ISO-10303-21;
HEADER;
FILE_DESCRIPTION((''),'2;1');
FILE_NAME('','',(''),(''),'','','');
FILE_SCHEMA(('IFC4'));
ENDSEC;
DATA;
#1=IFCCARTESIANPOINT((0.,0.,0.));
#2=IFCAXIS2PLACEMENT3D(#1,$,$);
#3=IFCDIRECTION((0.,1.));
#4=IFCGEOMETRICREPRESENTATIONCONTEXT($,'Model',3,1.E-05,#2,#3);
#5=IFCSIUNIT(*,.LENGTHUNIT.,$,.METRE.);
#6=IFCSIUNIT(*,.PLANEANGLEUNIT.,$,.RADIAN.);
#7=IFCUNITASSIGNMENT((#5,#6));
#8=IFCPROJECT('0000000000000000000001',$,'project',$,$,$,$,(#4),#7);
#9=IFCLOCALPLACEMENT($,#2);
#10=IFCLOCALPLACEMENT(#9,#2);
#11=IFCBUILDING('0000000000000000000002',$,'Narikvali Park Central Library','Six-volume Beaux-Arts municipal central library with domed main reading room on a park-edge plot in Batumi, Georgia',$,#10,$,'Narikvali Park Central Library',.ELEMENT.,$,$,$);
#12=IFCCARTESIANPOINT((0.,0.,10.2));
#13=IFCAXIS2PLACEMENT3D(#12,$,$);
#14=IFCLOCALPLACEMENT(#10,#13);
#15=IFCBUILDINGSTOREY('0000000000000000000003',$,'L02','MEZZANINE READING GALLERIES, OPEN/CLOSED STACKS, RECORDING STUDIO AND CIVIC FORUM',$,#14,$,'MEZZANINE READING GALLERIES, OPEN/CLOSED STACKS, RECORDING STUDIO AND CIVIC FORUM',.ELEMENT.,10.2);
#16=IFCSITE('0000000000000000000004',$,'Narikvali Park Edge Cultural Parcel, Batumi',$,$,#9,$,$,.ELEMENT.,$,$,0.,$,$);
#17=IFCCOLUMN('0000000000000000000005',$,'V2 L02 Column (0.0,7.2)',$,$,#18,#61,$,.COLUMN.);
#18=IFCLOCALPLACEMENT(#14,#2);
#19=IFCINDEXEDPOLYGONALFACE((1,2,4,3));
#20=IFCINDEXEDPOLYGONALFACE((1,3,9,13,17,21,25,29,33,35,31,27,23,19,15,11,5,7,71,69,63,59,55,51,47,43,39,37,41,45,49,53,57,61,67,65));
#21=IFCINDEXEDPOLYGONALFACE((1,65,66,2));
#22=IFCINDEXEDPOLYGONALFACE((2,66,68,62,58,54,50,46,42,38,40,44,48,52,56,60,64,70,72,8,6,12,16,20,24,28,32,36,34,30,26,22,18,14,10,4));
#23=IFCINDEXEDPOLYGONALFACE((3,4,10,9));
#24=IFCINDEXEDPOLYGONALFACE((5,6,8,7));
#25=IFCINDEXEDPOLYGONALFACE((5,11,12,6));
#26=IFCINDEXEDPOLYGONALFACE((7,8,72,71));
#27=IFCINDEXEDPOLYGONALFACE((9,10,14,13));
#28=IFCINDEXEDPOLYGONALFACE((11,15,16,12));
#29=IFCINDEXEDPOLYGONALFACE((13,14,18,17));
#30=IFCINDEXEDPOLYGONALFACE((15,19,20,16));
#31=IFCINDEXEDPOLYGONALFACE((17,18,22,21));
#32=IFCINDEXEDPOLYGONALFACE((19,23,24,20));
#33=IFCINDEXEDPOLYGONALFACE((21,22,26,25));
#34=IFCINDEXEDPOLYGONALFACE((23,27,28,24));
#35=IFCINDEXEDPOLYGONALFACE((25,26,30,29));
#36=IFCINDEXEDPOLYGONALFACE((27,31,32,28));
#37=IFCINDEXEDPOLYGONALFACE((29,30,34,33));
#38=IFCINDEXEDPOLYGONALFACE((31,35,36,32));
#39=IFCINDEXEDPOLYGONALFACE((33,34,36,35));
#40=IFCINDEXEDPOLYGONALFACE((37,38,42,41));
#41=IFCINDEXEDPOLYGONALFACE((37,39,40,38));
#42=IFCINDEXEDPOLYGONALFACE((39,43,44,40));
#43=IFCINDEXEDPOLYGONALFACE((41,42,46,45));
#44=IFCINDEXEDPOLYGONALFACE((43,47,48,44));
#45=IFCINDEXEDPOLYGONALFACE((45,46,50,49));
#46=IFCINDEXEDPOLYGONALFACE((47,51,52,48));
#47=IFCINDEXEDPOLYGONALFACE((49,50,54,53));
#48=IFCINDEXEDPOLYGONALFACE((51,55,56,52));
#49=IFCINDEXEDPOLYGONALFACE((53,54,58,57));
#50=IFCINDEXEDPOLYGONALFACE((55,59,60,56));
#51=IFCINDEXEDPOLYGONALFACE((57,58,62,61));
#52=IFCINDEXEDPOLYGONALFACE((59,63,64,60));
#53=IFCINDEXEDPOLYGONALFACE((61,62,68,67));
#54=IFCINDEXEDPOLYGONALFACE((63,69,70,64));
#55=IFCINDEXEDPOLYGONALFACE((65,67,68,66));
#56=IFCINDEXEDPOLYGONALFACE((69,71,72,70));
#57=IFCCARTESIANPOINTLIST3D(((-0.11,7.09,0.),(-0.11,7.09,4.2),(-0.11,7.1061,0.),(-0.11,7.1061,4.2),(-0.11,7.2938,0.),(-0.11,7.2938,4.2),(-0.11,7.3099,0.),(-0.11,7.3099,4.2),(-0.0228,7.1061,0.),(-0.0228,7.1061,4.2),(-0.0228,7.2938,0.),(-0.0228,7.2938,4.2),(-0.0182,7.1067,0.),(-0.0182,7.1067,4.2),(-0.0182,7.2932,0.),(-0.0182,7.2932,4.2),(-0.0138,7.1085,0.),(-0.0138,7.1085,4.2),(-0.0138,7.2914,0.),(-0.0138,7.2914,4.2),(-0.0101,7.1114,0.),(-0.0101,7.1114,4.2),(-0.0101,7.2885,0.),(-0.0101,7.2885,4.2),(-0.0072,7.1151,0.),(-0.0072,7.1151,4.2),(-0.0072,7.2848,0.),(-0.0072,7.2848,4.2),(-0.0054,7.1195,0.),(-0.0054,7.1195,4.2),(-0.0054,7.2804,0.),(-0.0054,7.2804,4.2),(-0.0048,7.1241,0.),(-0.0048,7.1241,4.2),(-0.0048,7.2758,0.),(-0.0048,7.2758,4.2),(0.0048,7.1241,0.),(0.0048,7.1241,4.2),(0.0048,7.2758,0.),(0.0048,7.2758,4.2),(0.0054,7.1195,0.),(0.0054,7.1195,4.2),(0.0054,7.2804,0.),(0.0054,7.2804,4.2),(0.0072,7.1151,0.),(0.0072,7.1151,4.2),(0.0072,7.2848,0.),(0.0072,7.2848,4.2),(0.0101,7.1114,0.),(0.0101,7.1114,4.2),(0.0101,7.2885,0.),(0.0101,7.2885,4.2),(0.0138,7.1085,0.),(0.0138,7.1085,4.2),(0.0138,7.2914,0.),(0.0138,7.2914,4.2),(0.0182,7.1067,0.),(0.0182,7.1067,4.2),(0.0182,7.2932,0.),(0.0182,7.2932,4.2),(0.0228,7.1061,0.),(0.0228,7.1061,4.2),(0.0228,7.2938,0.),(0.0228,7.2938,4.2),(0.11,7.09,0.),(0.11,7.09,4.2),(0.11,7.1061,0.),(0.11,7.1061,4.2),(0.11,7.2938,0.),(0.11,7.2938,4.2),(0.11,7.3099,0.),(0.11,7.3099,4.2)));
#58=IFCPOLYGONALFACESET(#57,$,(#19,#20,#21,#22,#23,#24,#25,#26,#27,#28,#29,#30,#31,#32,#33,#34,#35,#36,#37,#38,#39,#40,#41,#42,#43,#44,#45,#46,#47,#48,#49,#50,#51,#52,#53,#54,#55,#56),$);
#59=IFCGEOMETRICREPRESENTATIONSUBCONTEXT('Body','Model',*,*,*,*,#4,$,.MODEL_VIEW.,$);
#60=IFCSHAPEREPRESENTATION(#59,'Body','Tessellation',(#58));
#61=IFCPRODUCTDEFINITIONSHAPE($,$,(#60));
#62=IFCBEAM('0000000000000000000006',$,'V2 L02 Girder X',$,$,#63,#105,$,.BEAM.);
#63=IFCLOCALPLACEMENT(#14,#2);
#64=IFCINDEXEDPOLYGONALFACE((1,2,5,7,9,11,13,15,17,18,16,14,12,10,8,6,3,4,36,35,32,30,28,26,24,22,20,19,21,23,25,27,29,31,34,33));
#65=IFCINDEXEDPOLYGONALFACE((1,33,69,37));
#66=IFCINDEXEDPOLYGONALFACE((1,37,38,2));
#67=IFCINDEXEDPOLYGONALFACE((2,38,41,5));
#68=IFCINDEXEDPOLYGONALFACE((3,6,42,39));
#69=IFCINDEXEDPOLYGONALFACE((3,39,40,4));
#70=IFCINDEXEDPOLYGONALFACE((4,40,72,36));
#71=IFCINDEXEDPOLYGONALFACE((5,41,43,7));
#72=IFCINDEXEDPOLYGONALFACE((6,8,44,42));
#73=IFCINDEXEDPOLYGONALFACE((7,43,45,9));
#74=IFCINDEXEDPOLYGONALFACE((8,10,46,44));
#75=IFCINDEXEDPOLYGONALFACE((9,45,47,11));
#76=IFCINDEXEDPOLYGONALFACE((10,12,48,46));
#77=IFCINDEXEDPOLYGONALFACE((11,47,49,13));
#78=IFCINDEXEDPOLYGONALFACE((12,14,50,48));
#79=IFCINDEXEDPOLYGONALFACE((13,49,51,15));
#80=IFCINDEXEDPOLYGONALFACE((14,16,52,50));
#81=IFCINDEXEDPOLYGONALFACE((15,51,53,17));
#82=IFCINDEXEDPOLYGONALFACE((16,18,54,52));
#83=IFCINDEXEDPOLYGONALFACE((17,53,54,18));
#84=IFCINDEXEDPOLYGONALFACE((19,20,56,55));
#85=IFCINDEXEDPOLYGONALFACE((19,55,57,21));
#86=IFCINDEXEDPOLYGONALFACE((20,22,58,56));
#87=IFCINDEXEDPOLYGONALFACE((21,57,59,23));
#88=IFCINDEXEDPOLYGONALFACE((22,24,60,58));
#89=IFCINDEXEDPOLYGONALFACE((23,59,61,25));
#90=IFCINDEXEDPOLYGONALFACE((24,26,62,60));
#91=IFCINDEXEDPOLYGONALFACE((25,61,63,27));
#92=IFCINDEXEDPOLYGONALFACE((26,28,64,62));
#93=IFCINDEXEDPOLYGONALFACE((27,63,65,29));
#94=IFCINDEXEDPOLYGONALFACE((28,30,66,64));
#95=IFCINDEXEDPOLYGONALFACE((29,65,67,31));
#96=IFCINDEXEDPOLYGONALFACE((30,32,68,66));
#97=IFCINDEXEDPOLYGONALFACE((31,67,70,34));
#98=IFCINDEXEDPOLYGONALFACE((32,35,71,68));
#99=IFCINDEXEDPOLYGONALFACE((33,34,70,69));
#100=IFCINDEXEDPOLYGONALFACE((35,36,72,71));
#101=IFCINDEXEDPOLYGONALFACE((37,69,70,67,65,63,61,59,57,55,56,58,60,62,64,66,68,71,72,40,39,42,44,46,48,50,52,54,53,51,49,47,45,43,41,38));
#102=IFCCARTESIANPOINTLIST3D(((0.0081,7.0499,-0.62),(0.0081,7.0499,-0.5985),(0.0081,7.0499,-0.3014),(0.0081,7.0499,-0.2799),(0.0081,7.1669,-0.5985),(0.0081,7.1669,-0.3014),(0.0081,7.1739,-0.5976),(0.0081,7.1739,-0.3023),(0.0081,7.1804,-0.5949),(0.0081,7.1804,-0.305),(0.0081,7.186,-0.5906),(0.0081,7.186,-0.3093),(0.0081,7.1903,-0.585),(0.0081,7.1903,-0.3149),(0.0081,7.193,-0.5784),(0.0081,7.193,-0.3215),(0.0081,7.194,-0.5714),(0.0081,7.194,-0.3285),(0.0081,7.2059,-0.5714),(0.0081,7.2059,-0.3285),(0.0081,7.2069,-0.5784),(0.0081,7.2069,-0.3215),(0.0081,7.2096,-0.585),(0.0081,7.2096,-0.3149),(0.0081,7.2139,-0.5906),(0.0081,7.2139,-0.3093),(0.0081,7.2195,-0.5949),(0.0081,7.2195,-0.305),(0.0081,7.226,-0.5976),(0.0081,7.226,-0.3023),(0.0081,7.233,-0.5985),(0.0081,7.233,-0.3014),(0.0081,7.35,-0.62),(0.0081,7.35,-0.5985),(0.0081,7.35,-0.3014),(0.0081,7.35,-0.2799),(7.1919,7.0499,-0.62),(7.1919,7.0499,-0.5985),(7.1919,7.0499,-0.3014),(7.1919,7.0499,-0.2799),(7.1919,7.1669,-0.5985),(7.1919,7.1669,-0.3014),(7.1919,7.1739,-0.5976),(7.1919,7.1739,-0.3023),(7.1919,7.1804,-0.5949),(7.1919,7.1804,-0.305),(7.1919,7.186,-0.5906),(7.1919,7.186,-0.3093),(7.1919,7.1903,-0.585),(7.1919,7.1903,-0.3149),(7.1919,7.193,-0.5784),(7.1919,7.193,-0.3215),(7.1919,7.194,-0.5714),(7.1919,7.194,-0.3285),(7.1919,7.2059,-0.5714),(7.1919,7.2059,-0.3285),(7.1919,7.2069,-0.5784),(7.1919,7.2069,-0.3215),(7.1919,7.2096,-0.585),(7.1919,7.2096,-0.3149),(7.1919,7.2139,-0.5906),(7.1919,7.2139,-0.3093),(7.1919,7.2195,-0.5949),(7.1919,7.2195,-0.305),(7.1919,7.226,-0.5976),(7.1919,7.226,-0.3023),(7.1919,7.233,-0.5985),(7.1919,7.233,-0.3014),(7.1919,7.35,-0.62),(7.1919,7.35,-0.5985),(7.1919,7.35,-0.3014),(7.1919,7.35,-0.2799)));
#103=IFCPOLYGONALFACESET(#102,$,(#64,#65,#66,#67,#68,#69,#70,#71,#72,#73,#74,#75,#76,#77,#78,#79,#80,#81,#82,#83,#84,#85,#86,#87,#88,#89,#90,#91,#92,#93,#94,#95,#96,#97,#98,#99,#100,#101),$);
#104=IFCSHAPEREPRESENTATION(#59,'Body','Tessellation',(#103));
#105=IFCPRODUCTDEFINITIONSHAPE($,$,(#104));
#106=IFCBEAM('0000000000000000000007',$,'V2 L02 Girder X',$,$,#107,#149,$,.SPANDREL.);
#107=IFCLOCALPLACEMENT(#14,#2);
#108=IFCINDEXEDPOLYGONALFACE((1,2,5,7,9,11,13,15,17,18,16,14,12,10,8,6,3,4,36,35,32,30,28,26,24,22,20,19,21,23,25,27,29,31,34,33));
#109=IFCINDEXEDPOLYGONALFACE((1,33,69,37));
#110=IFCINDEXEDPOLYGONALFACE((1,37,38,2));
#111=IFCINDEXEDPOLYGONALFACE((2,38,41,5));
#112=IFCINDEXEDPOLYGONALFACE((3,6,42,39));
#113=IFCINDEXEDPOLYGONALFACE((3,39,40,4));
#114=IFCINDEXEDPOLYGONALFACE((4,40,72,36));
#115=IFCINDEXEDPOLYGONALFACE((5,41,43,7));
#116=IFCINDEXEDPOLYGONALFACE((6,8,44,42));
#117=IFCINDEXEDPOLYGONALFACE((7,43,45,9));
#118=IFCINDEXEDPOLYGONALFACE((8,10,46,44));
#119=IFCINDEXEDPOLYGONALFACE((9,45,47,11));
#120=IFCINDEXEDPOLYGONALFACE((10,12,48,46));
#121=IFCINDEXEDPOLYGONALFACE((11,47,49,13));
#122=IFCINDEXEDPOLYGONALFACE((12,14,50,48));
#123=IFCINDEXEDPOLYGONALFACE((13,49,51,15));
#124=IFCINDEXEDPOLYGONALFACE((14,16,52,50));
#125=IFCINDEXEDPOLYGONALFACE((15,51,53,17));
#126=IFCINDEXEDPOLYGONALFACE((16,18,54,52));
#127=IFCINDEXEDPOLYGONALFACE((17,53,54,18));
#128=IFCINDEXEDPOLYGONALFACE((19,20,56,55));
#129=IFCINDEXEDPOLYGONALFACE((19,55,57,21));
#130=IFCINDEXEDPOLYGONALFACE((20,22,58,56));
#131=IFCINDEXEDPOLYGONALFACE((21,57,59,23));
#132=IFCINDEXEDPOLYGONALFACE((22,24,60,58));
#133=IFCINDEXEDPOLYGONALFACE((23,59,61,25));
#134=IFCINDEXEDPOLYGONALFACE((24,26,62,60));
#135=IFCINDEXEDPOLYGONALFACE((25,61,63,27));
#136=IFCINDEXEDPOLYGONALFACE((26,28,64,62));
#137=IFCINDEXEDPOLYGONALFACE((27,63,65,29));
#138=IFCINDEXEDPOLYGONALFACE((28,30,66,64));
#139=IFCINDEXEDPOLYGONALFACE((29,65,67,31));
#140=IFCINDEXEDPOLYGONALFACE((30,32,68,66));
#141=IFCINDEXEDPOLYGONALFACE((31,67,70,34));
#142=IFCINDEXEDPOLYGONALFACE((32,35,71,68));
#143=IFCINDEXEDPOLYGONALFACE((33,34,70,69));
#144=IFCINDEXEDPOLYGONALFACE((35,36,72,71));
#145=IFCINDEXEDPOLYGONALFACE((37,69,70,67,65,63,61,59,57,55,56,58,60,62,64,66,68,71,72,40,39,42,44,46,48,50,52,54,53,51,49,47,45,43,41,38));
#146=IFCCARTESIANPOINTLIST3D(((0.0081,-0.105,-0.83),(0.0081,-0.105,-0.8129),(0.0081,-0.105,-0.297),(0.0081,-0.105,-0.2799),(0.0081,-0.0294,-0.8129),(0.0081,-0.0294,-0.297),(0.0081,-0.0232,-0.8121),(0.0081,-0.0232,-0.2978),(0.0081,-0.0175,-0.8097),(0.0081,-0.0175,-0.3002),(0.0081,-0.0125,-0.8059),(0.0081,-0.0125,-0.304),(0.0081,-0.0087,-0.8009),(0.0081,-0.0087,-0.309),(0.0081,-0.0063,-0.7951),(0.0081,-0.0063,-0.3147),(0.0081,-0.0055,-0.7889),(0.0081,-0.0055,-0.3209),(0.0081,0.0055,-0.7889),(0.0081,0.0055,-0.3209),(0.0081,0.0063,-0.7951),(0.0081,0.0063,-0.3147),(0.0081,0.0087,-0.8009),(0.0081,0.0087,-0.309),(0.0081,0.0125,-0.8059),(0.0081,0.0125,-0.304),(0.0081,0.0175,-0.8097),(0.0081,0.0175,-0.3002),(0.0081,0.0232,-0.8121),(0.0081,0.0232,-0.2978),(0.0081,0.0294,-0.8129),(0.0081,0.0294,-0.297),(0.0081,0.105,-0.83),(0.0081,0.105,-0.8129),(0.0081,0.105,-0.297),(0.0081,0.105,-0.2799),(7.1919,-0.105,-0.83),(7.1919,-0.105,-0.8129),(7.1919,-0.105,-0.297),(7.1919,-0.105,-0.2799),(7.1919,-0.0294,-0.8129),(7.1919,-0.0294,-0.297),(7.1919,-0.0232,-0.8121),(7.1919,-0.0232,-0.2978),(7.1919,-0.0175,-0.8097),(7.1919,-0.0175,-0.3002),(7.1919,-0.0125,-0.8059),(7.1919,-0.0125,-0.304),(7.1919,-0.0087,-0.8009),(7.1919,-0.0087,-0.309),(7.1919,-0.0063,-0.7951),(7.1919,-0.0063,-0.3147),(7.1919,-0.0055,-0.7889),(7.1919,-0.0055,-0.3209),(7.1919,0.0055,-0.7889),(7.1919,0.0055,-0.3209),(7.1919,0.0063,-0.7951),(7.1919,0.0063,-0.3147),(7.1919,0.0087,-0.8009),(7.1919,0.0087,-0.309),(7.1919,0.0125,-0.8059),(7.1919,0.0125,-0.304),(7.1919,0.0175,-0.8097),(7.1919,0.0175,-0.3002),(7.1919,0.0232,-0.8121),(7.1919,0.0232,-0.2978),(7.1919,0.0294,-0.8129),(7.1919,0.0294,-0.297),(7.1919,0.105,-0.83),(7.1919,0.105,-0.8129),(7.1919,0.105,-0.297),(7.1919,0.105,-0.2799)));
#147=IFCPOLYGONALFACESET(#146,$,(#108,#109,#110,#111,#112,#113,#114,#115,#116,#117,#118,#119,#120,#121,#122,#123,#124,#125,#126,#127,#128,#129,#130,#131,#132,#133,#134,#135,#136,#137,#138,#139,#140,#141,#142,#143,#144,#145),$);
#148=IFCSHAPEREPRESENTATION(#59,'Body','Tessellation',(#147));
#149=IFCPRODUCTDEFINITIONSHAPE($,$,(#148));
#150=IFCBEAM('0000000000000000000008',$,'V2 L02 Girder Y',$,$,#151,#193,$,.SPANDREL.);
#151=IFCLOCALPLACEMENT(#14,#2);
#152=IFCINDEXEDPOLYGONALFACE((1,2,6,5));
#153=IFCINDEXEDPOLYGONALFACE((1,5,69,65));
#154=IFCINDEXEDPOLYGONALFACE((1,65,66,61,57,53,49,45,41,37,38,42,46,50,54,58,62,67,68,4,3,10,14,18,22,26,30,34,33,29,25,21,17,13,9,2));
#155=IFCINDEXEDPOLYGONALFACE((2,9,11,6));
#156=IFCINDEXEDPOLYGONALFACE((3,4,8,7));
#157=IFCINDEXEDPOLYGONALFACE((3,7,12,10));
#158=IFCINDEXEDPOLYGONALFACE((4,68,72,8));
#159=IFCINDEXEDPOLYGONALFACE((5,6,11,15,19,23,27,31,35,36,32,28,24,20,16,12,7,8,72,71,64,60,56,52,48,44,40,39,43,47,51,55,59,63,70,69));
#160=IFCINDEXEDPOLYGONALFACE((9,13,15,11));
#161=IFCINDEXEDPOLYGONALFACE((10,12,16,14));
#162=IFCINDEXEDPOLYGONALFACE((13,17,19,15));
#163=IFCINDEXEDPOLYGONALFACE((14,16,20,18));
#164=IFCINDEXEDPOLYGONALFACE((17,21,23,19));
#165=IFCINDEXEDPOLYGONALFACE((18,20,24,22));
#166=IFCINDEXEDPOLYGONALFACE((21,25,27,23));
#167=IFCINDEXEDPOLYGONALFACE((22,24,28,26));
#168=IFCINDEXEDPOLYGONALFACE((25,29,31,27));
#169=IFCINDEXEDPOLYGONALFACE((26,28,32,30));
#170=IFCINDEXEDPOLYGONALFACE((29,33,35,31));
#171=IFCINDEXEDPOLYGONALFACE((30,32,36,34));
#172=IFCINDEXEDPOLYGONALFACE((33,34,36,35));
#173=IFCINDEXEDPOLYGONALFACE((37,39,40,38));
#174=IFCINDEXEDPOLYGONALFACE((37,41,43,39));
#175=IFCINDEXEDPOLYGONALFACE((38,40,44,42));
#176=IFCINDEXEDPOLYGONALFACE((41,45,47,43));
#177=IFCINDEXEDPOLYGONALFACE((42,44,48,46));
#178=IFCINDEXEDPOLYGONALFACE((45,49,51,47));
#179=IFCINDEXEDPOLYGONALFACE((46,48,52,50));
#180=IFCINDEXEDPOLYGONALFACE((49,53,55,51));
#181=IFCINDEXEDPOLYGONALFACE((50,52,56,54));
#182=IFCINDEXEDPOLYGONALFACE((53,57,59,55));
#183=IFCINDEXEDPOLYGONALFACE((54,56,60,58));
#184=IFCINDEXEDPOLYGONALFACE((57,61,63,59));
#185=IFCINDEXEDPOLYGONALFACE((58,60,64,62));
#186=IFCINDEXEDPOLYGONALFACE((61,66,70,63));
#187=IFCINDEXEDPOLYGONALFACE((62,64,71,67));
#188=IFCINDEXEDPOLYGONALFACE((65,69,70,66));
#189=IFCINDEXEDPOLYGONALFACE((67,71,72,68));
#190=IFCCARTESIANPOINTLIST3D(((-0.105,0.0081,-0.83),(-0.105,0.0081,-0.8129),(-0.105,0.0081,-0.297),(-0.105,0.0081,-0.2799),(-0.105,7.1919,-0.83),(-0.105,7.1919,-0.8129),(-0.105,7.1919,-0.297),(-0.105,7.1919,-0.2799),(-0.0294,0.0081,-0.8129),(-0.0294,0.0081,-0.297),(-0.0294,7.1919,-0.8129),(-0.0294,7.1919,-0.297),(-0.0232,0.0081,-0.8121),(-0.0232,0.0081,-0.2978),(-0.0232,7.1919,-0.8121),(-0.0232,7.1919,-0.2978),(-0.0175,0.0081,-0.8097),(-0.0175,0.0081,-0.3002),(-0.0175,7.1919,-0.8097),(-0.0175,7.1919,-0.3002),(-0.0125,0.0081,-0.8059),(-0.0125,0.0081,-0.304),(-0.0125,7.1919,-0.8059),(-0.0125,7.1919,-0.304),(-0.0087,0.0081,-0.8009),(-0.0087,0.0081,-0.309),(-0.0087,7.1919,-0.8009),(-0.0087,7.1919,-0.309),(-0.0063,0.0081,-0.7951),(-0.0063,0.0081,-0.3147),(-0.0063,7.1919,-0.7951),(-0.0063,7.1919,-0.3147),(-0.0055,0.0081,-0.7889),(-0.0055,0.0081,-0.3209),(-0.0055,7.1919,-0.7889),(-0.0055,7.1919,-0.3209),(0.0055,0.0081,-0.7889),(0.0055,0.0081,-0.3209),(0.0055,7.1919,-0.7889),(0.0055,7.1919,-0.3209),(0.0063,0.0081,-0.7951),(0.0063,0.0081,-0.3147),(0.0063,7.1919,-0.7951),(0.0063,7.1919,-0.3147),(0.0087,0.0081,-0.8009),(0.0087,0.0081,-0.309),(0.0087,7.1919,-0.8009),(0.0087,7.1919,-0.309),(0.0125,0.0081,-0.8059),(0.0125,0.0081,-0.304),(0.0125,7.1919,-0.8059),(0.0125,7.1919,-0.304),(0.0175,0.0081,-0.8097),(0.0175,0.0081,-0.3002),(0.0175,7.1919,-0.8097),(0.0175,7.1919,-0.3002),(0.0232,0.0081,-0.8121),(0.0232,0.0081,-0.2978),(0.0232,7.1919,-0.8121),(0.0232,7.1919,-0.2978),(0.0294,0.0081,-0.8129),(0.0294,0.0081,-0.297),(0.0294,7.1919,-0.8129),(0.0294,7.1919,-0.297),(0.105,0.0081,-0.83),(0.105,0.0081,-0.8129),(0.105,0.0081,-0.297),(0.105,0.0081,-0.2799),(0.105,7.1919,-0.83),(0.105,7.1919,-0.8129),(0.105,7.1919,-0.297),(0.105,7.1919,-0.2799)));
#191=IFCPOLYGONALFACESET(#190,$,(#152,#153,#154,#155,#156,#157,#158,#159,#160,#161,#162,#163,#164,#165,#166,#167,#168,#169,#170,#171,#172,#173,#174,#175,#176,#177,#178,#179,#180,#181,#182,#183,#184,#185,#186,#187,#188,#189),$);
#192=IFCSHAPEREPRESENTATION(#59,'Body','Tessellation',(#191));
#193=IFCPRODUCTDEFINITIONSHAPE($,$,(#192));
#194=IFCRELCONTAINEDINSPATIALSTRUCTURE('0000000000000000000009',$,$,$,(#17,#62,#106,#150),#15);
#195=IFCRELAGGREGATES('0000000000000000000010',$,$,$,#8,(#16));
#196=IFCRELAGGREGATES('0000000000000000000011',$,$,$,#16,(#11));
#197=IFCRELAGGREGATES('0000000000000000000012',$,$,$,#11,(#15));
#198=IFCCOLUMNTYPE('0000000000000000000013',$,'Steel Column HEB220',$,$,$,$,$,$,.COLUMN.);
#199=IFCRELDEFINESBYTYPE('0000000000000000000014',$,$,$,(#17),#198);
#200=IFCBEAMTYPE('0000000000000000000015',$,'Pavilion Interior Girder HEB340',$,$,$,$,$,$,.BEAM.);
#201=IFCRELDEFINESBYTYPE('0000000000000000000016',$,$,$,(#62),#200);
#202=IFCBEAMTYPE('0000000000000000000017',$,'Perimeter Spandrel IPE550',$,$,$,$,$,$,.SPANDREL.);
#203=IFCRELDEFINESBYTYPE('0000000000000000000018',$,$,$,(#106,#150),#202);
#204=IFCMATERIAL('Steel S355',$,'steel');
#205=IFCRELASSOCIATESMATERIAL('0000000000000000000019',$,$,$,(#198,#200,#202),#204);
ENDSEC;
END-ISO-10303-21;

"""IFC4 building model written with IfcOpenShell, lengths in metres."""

from ifc_helpers import new_model, si_unit, direction, frame, origin, origin_2d, place, context, subcontext, project, spatial, i_section, extrude, material, material_profile, profile_set, type_object, element, save


model = new_model("IFC4")

# Units and contexts
model_context = context("Model", 3, precision=1e-05, world=origin(), true_north=direction((0.0, 1.0)))
body_context = subcontext(model_context, "Body", "Model", "MODEL_VIEW")
ifc_project = project(units=[si_unit("LENGTHUNIT", "METRE"), si_unit("PLANEANGLEUNIT", "RADIAN")], contexts=[model_context])

# Site, building, storey
site_placement = place(None, origin())
site = spatial("IfcSite", under=ifc_project, at=site_placement, Name="Narikvali Park Edge Cultural Parcel, Batumi", CompositionType="ELEMENT", RefElevation=0.0)
building_placement = place(site_placement, origin())
building = spatial("IfcBuilding", under=site, at=building_placement, Name="Narikvali Park Central Library", Description="Six-volume Beaux-Arts municipal central library with domed main reading room on a park-edge plot in Batumi, Georgia", LongName="Narikvali Park Central Library", CompositionType="ELEMENT")
storey_placement = place(building_placement, frame((0.0, 0.0, 10.2)))
storey = spatial("IfcBuildingStorey", under=building, at=storey_placement, Name="L02", Description="MEZZANINE READING GALLERIES, OPEN/CLOSED STACKS, RECORDING STUDIO AND CIVIC FORUM", LongName="MEZZANINE READING GALLERIES, OPEN/CLOSED STACKS, RECORDING STUDIO AND CIVIC FORUM", CompositionType="ELEMENT", Elevation=10.2)

# Column
ifc_material_1 = material(Name="Steel S355", Category="steel")
ifc_material_profile_1 = material_profile(ifc_material_1, i_section(OverallWidth=0.22, OverallDepth=0.22, WebThickness=0.0095, FlangeThickness=0.0161, FilletRadius=0.0181, at=origin_2d()), Name="HEB 220")
ifc_profile_set_1 = profile_set([ifc_material_profile_1], Name="Steel S355")
column_type = type_object("IfcColumnType", Name="Steel Column HEB220", PredefinedType="COLUMN", material=ifc_profile_set_1)
column_placement = place(storey_placement, frame((0.0, 7.2, 0.0), z_axis=(0.0, 0.0, 1.0), x_axis=(1.0, 0.0, 0.0)))
element("IfcColumn", 1, at=column_placement, inside=storey, type_object=column_type, Name="V2 L02 Column (0.0,7.2)", PredefinedType="COLUMN", context=body_context, shape_type="SweptSolid", body=[
    extrude(i_section(OverallWidth=0.22, OverallDepth=0.22, WebThickness=0.0095, FlangeThickness=0.0161, FilletRadius=0.0181, at=origin_2d()), origin(), (0.0, 0.0, 1.0), 4.2),
])

# Beams
ifc_material_profile_2 = material_profile(ifc_material_1, i_section(OverallWidth=0.3, OverallDepth=0.3401, WebThickness=0.012, FlangeThickness=0.0215, FilletRadius=0.0271, at=origin_2d()), Name="HEB 340")
ifc_profile_set_2 = profile_set([ifc_material_profile_2], Name="Steel S355")
beam_type_1 = type_object("IfcBeamType", Name="Pavilion Interior Girder HEB340", PredefinedType="BEAM", material=ifc_profile_set_2)
beam_1_placement = place(storey_placement, frame((0.0081, 7.2, -0.45), z_axis=(1.0, 0.0, 0.0), x_axis=(0.0, 1.0, 0.0)))
element("IfcBeam", 2, at=beam_1_placement, inside=storey, type_object=beam_type_1, Name="V2 L02 Girder X", PredefinedType="BEAM", context=body_context, shape_type="SweptSolid", body=[
    extrude(i_section(OverallWidth=0.3, OverallDepth=0.3401, WebThickness=0.012, FlangeThickness=0.0215, FilletRadius=0.0271, at=origin_2d()), origin(), (0.0, 0.0, 1.0), 7.1838),
])
ifc_material_profile_3 = material_profile(ifc_material_1, i_section(OverallWidth=0.21, OverallDepth=0.55, WebThickness=0.011, FlangeThickness=0.0171, FilletRadius=0.0239, at=origin_2d()), Name="IPE 550")
ifc_profile_set_3 = profile_set([ifc_material_profile_3], Name="Steel S355")
beam_type_2 = type_object("IfcBeamType", Name="Perimeter Spandrel IPE550", PredefinedType="SPANDREL", material=ifc_profile_set_3)
for number, where, z_axis, x_axis, name in (
    (3, (0.0081, 0.0, -0.5549), (1.0, 0.0, 0.0), (0.0, 1.0, 0.0), "V2 L02 Girder X"),
    (4, (0.0, 0.0081, -0.5549), (0.0, 1.0, 0.0), (-1.0, 0.0, 0.0), "V2 L02 Girder Y"),
):
    element("IfcBeam", number, at=place(storey_placement, frame(where, z_axis=z_axis, x_axis=x_axis)), inside=storey, type_object=beam_type_2, Name=name, PredefinedType="SPANDREL", context=body_context, shape_type="SweptSolid", body=[
        extrude(i_section(OverallWidth=0.21, OverallDepth=0.55, WebThickness=0.011, FlangeThickness=0.0171, FilletRadius=0.0239, at=origin_2d()), origin(), (0.0, 0.0, 1.0), 7.1838),
    ])

save(model, "model.ifc")
